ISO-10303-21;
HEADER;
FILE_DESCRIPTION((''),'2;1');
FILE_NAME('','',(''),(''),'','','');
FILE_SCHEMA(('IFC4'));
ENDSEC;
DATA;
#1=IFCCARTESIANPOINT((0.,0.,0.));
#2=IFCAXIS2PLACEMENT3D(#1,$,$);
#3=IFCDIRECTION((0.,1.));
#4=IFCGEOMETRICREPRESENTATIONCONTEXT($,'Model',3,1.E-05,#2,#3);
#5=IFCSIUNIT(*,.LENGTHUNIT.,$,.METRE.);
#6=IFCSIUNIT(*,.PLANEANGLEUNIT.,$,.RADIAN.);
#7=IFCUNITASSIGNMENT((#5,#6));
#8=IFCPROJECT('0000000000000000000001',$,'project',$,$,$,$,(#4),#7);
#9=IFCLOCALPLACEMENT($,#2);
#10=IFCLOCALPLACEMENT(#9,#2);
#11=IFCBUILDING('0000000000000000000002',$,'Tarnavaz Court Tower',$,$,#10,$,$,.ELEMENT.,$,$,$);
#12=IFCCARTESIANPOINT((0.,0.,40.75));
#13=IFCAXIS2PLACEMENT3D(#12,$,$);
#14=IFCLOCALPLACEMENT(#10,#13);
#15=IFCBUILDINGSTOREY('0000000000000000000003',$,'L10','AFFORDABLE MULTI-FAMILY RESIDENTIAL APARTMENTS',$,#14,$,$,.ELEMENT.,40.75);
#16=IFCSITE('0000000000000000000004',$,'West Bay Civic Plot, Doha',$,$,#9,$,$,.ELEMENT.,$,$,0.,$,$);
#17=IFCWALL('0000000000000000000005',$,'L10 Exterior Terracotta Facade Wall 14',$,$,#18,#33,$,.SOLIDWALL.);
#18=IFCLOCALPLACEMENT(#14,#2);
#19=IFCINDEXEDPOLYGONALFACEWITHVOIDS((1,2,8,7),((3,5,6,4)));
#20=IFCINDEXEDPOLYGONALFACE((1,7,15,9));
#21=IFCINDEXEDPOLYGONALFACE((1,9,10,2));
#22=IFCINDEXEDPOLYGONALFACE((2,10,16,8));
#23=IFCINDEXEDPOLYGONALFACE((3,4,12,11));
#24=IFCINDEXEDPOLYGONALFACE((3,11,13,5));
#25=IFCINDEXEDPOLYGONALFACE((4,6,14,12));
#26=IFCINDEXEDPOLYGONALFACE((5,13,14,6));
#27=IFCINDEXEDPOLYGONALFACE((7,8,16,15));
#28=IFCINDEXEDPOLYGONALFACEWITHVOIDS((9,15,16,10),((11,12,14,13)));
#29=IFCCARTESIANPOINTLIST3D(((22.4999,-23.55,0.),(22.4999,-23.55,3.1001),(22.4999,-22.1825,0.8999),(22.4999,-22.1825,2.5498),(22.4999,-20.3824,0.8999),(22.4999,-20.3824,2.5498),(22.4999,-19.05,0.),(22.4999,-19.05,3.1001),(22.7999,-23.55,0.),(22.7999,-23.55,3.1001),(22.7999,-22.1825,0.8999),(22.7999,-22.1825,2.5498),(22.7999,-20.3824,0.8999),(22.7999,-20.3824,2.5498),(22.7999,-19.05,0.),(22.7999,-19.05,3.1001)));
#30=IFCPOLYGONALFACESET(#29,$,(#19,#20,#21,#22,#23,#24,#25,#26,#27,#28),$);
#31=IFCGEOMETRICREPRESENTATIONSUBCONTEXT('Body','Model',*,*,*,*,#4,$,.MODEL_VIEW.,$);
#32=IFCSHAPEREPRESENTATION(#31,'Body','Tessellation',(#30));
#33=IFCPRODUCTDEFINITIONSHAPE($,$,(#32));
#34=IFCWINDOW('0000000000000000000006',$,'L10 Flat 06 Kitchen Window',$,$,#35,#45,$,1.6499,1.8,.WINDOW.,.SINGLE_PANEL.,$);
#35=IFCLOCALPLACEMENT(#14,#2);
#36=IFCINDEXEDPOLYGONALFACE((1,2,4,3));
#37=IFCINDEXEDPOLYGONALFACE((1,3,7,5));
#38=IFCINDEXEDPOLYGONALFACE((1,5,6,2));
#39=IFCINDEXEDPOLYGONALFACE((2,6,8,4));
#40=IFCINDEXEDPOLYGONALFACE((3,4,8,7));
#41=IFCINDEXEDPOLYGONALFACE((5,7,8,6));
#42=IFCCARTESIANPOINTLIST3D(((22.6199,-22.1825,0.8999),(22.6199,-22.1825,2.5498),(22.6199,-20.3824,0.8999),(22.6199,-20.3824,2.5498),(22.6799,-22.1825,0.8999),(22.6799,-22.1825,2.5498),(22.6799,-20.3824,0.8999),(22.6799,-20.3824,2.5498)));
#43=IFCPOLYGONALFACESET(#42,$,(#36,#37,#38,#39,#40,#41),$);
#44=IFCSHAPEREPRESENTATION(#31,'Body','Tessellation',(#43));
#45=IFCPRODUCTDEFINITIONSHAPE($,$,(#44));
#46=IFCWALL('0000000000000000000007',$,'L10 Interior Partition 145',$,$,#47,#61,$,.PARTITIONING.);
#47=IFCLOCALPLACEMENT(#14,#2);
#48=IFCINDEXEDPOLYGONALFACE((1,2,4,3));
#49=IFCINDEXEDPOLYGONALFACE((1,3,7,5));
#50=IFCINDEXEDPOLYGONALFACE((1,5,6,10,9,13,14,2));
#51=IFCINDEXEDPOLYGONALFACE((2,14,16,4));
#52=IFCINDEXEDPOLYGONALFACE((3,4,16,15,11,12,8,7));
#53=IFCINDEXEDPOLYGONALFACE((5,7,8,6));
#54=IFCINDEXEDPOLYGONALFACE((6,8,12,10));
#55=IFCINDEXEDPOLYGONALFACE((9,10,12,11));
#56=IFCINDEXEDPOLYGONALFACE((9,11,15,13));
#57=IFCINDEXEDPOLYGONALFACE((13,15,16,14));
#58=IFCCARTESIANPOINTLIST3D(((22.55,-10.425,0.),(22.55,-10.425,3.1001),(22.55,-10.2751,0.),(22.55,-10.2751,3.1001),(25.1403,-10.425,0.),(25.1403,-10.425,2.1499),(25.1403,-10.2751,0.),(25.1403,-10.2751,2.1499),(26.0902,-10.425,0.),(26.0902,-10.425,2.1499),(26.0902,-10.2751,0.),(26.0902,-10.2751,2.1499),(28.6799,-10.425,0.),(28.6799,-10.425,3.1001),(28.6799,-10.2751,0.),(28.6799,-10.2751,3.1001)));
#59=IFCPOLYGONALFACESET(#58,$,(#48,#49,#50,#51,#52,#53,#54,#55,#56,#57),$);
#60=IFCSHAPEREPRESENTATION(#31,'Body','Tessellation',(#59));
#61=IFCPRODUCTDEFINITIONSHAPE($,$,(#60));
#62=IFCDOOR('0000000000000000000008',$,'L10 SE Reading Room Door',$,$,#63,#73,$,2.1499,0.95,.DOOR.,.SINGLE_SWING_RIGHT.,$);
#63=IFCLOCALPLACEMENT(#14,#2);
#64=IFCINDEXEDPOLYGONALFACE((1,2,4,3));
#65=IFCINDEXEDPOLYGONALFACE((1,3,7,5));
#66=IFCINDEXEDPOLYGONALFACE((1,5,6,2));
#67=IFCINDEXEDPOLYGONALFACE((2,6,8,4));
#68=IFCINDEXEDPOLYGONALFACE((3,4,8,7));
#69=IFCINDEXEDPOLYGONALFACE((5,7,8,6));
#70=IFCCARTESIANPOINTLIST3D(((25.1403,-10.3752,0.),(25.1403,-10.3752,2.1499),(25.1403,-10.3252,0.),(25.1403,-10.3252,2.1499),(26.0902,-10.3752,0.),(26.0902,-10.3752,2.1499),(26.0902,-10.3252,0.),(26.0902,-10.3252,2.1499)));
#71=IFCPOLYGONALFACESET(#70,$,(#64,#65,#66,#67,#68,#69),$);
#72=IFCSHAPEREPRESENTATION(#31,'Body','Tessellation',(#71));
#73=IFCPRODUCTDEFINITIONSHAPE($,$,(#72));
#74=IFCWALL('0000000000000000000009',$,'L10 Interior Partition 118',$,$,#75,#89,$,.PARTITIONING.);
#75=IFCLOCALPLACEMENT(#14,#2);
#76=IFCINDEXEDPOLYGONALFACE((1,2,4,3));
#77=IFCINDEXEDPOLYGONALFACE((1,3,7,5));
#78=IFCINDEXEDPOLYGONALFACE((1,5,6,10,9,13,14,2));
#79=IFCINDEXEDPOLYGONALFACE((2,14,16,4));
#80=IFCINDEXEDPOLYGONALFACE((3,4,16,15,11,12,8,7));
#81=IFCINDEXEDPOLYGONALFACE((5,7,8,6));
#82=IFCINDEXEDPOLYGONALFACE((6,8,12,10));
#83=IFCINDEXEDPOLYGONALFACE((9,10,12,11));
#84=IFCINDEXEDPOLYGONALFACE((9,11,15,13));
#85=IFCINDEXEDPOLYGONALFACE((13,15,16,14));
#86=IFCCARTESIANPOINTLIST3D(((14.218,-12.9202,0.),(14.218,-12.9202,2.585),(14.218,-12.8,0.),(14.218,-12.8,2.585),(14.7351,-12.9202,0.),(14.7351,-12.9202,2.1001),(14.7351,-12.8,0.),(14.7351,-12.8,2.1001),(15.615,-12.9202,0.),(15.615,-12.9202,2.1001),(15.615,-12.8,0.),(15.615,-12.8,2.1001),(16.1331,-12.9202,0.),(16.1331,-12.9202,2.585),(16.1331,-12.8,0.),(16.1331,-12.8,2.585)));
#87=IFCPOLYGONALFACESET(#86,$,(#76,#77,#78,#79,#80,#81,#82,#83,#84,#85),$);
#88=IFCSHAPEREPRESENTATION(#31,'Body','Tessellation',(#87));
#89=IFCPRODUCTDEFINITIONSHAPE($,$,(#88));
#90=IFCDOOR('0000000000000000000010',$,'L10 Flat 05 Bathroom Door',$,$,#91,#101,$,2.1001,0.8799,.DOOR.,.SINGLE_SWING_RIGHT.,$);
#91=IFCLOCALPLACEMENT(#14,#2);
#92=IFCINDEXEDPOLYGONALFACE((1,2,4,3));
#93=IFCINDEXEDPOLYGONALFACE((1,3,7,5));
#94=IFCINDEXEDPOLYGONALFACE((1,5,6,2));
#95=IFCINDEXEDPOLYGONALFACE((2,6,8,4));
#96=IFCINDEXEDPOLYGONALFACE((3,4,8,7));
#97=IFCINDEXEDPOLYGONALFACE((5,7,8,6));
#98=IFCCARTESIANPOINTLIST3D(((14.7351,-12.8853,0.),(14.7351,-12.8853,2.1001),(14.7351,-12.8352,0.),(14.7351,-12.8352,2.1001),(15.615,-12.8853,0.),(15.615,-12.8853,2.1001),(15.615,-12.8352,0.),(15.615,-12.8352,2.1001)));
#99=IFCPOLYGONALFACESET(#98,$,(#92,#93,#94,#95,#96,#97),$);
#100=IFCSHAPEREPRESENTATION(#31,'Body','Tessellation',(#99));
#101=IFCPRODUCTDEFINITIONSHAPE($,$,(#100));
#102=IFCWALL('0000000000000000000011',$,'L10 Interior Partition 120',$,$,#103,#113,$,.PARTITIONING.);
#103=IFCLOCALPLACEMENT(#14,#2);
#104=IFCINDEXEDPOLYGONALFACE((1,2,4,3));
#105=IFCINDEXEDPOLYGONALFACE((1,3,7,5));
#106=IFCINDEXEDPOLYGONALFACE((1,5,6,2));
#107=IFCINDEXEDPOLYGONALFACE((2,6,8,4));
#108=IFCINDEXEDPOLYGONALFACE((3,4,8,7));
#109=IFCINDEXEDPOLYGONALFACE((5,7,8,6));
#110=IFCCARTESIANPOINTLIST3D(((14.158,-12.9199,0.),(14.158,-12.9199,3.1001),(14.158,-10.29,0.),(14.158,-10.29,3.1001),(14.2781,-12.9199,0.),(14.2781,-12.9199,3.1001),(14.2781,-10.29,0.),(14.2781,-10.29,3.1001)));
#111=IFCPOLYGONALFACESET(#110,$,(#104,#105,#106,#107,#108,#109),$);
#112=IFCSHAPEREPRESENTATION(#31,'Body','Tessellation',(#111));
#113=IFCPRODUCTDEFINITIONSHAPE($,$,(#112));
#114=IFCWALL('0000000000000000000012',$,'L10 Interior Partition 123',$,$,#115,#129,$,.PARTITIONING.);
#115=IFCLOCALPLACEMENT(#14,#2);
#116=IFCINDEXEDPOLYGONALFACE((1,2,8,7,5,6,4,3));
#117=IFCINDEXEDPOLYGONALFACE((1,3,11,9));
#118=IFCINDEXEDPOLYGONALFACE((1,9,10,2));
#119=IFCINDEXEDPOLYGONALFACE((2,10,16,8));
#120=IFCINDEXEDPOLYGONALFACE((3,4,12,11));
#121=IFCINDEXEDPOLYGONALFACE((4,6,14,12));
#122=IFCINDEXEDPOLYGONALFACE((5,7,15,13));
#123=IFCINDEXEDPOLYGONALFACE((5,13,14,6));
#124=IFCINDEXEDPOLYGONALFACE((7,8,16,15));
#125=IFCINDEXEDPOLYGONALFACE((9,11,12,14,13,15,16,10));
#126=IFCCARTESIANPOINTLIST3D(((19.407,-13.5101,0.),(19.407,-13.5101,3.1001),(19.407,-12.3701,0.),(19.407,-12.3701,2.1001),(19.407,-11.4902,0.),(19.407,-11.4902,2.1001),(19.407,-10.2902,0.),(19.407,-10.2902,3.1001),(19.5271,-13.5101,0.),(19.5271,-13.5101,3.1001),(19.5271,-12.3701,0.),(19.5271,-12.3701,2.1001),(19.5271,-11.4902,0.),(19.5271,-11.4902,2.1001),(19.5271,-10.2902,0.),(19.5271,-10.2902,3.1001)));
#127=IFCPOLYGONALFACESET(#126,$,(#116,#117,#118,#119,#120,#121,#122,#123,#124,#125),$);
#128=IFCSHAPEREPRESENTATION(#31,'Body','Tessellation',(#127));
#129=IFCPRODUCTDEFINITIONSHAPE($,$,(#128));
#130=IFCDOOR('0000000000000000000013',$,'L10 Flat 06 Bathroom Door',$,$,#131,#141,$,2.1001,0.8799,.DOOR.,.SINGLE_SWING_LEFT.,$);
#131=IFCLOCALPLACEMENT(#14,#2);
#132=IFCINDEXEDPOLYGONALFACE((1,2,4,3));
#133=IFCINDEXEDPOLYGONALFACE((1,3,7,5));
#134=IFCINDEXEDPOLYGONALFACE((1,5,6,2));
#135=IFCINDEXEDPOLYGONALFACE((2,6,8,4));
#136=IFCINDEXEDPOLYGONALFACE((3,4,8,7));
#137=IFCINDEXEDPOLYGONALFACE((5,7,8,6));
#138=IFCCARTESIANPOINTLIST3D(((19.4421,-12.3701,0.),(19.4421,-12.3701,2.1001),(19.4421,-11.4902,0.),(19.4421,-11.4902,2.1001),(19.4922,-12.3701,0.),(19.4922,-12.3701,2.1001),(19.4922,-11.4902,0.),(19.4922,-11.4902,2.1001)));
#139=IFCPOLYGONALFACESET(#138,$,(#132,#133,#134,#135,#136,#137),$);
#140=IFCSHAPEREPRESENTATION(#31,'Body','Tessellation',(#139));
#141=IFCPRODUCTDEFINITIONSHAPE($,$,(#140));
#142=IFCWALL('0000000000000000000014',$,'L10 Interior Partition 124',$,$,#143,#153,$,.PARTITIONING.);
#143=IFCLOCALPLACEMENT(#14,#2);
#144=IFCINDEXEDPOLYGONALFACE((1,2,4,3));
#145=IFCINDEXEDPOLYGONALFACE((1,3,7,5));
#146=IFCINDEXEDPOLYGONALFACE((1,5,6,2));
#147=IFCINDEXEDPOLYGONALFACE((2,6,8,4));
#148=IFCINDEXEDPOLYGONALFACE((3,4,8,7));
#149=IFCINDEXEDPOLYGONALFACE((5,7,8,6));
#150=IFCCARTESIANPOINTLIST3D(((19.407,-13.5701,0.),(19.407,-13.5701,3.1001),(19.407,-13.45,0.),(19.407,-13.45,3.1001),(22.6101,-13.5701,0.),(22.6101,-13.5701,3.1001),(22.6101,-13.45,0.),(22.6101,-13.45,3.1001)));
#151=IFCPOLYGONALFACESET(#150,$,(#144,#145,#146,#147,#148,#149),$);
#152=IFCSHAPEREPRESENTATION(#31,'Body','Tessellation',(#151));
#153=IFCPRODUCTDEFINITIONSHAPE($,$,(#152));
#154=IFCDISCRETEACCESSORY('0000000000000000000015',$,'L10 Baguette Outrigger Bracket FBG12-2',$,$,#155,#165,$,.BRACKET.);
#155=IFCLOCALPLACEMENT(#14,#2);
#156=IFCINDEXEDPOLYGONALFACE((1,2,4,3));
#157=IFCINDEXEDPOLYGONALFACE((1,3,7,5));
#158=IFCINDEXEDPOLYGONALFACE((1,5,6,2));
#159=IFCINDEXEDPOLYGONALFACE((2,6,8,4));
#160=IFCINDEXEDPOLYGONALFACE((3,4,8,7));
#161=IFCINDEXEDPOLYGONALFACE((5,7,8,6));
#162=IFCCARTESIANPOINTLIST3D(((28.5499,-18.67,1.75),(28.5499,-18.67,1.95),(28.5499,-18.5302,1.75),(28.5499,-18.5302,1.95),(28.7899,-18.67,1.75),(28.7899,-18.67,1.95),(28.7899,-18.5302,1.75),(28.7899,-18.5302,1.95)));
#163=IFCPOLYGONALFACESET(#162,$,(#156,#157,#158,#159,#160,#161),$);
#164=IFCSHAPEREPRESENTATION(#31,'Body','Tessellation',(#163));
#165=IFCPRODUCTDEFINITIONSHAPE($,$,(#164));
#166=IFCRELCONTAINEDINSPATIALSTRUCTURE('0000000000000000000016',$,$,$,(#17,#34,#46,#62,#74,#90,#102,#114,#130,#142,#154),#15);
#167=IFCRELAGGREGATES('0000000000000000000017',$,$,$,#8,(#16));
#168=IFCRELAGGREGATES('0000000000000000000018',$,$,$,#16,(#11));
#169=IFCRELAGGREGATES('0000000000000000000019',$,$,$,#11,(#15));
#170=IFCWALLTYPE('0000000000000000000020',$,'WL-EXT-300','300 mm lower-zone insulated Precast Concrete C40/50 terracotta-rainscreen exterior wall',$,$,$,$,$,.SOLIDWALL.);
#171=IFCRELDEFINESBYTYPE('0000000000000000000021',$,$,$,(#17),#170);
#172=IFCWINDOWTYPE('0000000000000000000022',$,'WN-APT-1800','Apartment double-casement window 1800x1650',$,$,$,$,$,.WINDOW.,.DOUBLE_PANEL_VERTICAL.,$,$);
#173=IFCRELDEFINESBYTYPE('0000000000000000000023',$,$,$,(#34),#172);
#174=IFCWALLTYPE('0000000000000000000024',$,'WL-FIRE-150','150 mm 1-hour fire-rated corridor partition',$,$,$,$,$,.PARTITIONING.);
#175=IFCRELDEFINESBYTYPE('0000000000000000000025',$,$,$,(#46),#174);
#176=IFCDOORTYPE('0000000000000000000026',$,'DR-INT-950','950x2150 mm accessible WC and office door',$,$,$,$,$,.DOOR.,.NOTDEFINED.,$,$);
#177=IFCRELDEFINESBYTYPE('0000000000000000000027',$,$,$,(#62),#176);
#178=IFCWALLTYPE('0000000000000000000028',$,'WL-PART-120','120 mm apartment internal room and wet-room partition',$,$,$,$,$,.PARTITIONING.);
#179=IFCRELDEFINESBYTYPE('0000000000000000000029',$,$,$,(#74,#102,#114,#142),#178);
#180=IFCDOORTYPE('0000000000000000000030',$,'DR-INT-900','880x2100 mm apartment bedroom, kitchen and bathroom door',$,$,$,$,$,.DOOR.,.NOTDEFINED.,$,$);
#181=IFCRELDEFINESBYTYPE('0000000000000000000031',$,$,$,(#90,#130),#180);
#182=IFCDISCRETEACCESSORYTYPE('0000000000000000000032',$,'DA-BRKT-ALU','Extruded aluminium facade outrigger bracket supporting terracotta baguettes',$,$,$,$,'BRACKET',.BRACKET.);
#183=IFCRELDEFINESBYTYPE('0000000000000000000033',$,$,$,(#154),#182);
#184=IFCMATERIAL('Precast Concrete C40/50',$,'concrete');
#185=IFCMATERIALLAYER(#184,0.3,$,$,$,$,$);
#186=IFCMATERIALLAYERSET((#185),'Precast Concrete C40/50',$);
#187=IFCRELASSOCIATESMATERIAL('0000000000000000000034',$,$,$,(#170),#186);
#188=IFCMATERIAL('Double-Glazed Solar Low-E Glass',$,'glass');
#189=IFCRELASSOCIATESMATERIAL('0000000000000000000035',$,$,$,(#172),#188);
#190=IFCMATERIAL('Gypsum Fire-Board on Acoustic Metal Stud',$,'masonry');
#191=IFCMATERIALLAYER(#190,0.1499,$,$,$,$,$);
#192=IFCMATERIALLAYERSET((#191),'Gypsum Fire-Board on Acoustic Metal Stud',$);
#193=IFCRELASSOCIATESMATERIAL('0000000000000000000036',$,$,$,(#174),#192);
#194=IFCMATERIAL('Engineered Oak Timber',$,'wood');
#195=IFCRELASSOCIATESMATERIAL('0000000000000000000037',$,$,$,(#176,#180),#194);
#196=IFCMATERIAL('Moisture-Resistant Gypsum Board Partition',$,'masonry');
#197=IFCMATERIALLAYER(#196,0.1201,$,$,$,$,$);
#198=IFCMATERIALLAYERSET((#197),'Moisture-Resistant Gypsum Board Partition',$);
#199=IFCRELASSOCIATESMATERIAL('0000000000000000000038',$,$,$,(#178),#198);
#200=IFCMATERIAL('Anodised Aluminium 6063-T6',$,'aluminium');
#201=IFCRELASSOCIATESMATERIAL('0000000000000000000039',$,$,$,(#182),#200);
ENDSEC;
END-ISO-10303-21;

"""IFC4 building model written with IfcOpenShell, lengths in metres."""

from ifc_helpers import new_model, si_unit, direction, frame, frame_2d, origin, origin_2d, place, context, subcontext, project, spatial, rectangle, extrude, material, layer, layer_set, type_object, element, fill, save


model = new_model("IFC4")

# Units and contexts
model_context = context("Model", 3, precision=1e-05, world=origin(), true_north=direction((0.0, 1.0)))
body_context = subcontext(model_context, "Body", "Model", "MODEL_VIEW")
ifc_project = project(units=[si_unit("LENGTHUNIT", "METRE"), si_unit("PLANEANGLEUNIT", "RADIAN")], contexts=[model_context])

# Site, building, storey
site_placement = place(None, origin())
site = spatial("IfcSite", under=ifc_project, at=site_placement, Name="West Bay Civic Plot, Doha", CompositionType="ELEMENT", RefElevation=0.0)
building_placement = place(site_placement, origin())
building = spatial("IfcBuilding", under=site, at=building_placement, Name="Tarnavaz Court Tower", CompositionType="ELEMENT")
storey_placement = place(building_placement, frame((0.0, 0.0, 40.75)))
storey = spatial("IfcBuildingStorey", under=building, at=storey_placement, Name="L10", Description="AFFORDABLE MULTI-FAMILY RESIDENTIAL APARTMENTS", CompositionType="ELEMENT", Elevation=40.75)

# Wall, opening, window
ifc_material_1 = material(Name="Precast Concrete C40/50", Category="concrete")
ifc_layer_1 = layer(ifc_material_1, 0.3)
ifc_layer_set_1 = layer_set([ifc_layer_1], Name="Precast Concrete C40/50")
wall_type_1 = type_object("IfcWallType", Name="WL-EXT-300", Description="300 mm lower-zone insulated Precast Concrete C40/50 terracotta-rainscreen exterior wall", PredefinedType="SOLIDWALL", material=ifc_layer_set_1)
ifc_material_2 = material(Name="Double-Glazed Solar Low-E Glass", Category="glass")
wall_1_placement = place(storey_placement, frame((22.6499, -19.05, 0.0), z_axis=(0.0, 0.0, 1.0), x_axis=(0.0, -1.0, 0.0)))
wall_1 = element("IfcWall", 1, at=wall_1_placement, inside=storey, type_object=wall_type_1, Name="L10 Exterior Terracotta Facade Wall 14", PredefinedType="SOLIDWALL", context=body_context, shape_type="SweptSolid", body=[
    extrude(rectangle(XDim=4.5, YDim=0.3, at=frame_2d((2.25, 0.0))), origin(), (0.0, 0.0, 1.0), 3.1001),
])
opening_1_placement = place(wall_1_placement, frame((1.3325, 0.0, 0.8999)))
opening_1 = element("IfcOpeningElement", 2, at=opening_1_placement, cuts=wall_1, PredefinedType="OPENING", context=body_context, shape_type="SweptSolid", body=[
    extrude(rectangle(XDim=1.8, YDim=1.6499, at=frame_2d((0.8999, 0.825))), frame((0.0, 0.1599, 0.0), z_axis=(0.0, -1.0, 0.0), x_axis=(1.0, 0.0, 0.0)), (0.0, 0.0, 1.0), 0.3201),
])
window_type_1 = type_object("IfcWindowType", Name="WN-APT-1800", Description="Apartment double-casement window 1800x1650", PartitioningType="DOUBLE_PANEL_VERTICAL", PredefinedType="WINDOW", material=ifc_material_2)
window_1_placement = place(opening_1_placement, origin())
window_1 = element("IfcWindow", 3, at=window_1_placement, inside=storey, type_object=window_type_1, Name="L10 Flat 06 Kitchen Window", OverallHeight=1.6499, OverallWidth=1.8, PartitioningType="SINGLE_PANEL", PredefinedType="WINDOW", context=body_context, shape_type="SweptSolid", body=[
    extrude(rectangle(XDim=1.8, YDim=1.6499, at=frame_2d((0.8999, 0.825))), frame((0.0, 0.03, 0.0), z_axis=(0.0, -1.0, 0.0), x_axis=(1.0, 0.0, 0.0)), (0.0, 0.0, 1.0), 0.0601),
])
fill(opening_1, window_1)

# Walls, openings, doors
ifc_material_3 = material(Name="Gypsum Fire-Board on Acoustic Metal Stud", Category="masonry")
ifc_layer_2 = layer(ifc_material_3, 0.1499)
ifc_layer_set_2 = layer_set([ifc_layer_2], Name="Gypsum Fire-Board on Acoustic Metal Stud")
wall_type_2 = type_object("IfcWallType", Name="WL-FIRE-150", Description="150 mm 1-hour fire-rated corridor partition", PredefinedType="PARTITIONING", material=ifc_layer_set_2)
wall_2_placement = place(storey_placement, frame((22.55, -10.3501, 0.0), z_axis=(0.0, 0.0, 1.0), x_axis=(1.0, 0.0, 0.0)))
wall_2 = element("IfcWall", 4, at=wall_2_placement, inside=storey, type_object=wall_type_2, Name="L10 Interior Partition 145", PredefinedType="PARTITIONING", context=body_context, shape_type="SweptSolid", body=[
    extrude(rectangle(XDim=6.1299, YDim=0.1499, at=frame_2d((3.0649, 0.0))), origin(), (0.0, 0.0, 1.0), 3.1001),
])
opening_2_placement = place(wall_2_placement, frame((2.5901, 0.0, 0.0)))
opening_2 = element("IfcOpeningElement", 5, at=opening_2_placement, cuts=wall_2, PredefinedType="OPENING", context=body_context, shape_type="SweptSolid", body=[
    extrude(rectangle(XDim=0.95, YDim=2.1499, at=frame_2d((0.4751, 1.075))), frame((0.0, 0.085, 0.0), z_axis=(0.0, -1.0, 0.0), x_axis=(1.0, 0.0, 0.0)), (0.0, 0.0, 1.0), 0.1699),
])
ifc_material_4 = material(Name="Engineered Oak Timber", Category="wood")
door_type_1 = type_object("IfcDoorType", Name="DR-INT-950", Description="950x2150 mm accessible WC and office door", OperationType="NOTDEFINED", PredefinedType="DOOR", material=ifc_material_4)
door_1_placement = place(opening_2_placement, origin())
door_1 = element("IfcDoor", 6, at=door_1_placement, inside=storey, type_object=door_type_1, Name="L10 SE Reading Room Door", OperationType="SINGLE_SWING_RIGHT", OverallHeight=2.1499, OverallWidth=0.95, PredefinedType="DOOR", context=body_context, shape_type="SweptSolid", body=[
    extrude(rectangle(XDim=0.95, YDim=2.1499, at=frame_2d((0.4751, 1.075))), frame((0.0, 0.0249, 0.0), z_axis=(0.0, -1.0, 0.0), x_axis=(1.0, 0.0, 0.0)), (0.0, 0.0, 1.0), 0.05),
])
fill(opening_2, door_1)
ifc_material_5 = material(Name="Moisture-Resistant Gypsum Board Partition", Category="masonry")
ifc_layer_3 = layer(ifc_material_5, 0.1201)
ifc_layer_set_3 = layer_set([ifc_layer_3], Name="Moisture-Resistant Gypsum Board Partition")
wall_type_3 = type_object("IfcWallType", Name="WL-PART-120", Description="120 mm apartment internal room and wet-room partition", PredefinedType="PARTITIONING", material=ifc_layer_set_3)
wall_3_placement = place(storey_placement, frame((14.218, -12.8601, 0.0), z_axis=(0.0, 0.0, 1.0), x_axis=(1.0, 0.0, 0.0)))
wall_3 = element("IfcWall", 7, at=wall_3_placement, inside=storey, type_object=wall_type_3, Name="L10 Interior Partition 118", PredefinedType="PARTITIONING", context=body_context, shape_type="SweptSolid", body=[
    extrude(rectangle(XDim=1.915, YDim=0.1201, at=frame_2d((0.9575, 0.0))), origin(), (0.0, 0.0, 1.0), 2.585),
])
opening_3_placement = place(wall_3_placement, frame((0.5171, 0.0, 0.0)))
opening_3 = element("IfcOpeningElement", 8, at=opening_3_placement, cuts=wall_3, PredefinedType="OPENING", context=body_context, shape_type="SweptSolid", body=[
    extrude(rectangle(XDim=0.8799, YDim=2.1001, at=frame_2d((0.4399, 1.05))), frame((0.0, 0.0701, 0.0), z_axis=(0.0, -1.0, 0.0), x_axis=(1.0, 0.0, 0.0)), (0.0, 0.0, 1.0), 0.1401),
])
door_type_2 = type_object("IfcDoorType", Name="DR-INT-900", Description="880x2100 mm apartment bedroom, kitchen and bathroom door", OperationType="NOTDEFINED", PredefinedType="DOOR", material=ifc_material_4)
door_2_placement = place(opening_3_placement, origin())
door_2 = element("IfcDoor", 9, at=door_2_placement, inside=storey, type_object=door_type_2, Name="L10 Flat 05 Bathroom Door", OperationType="SINGLE_SWING_RIGHT", OverallHeight=2.1001, OverallWidth=0.8799, PredefinedType="DOOR", context=body_context, shape_type="SweptSolid", body=[
    extrude(rectangle(XDim=0.8799, YDim=2.1001, at=frame_2d((0.4399, 1.05))), frame((0.0, 0.0249, 0.0), z_axis=(0.0, -1.0, 0.0), x_axis=(1.0, 0.0, 0.0)), (0.0, 0.0, 1.0), 0.05),
])
fill(opening_3, door_2)

# Wall
wall_4_placement = place(storey_placement, frame((14.218, -12.9199, 0.0), z_axis=(0.0, 0.0, 1.0), x_axis=(0.0, 1.0, 0.0)))
element("IfcWall", 10, at=wall_4_placement, inside=storey, type_object=wall_type_3, Name="L10 Interior Partition 120", PredefinedType="PARTITIONING", context=body_context, shape_type="SweptSolid", body=[
    extrude(rectangle(XDim=2.6299, YDim=0.1201, at=frame_2d((1.3149, 0.0))), origin(), (0.0, 0.0, 1.0), 3.1001),
])

# Wall, opening, door
wall_5_placement = place(storey_placement, frame((19.467, -13.51, 0.0), z_axis=(0.0, 0.0, 1.0), x_axis=(0.0, 1.0, 0.0)))
wall_5 = element("IfcWall", 11, at=wall_5_placement, inside=storey, type_object=wall_type_3, Name="L10 Interior Partition 123", PredefinedType="PARTITIONING", context=body_context, shape_type="SweptSolid", body=[
    extrude(rectangle(XDim=3.22, YDim=0.1201, at=frame_2d((1.6099, 0.0))), origin(), (0.0, 0.0, 1.0), 3.1001),
])
opening_4_placement = place(wall_5_placement, frame((1.1399, 0.0, 0.0)))
opening_4 = element("IfcOpeningElement", 12, at=opening_4_placement, cuts=wall_5, PredefinedType="OPENING", context=body_context, shape_type="SweptSolid", body=[
    extrude(rectangle(XDim=0.8799, YDim=2.1001, at=frame_2d((0.4399, 1.05))), frame((0.0, 0.0701, 0.0), z_axis=(0.0, -1.0, 0.0), x_axis=(1.0, 0.0, 0.0)), (0.0, 0.0, 1.0), 0.1401),
])
door_3_placement = place(opening_4_placement, origin())
door_3 = element("IfcDoor", 13, at=door_3_placement, inside=storey, type_object=door_type_2, Name="L10 Flat 06 Bathroom Door", OperationType="SINGLE_SWING_LEFT", OverallHeight=2.1001, OverallWidth=0.8799, PredefinedType="DOOR", context=body_context, shape_type="SweptSolid", body=[
    extrude(rectangle(XDim=0.8799, YDim=2.1001, at=frame_2d((0.4399, 1.05))), frame((0.0, 0.0249, 0.0), z_axis=(0.0, -1.0, 0.0), x_axis=(1.0, 0.0, 0.0)), (0.0, 0.0, 1.0), 0.05),
])
fill(opening_4, door_3)

# Wall
wall_6_placement = place(storey_placement, frame((19.407, -13.51, 0.0), z_axis=(0.0, 0.0, 1.0), x_axis=(1.0, 0.0, 0.0)))
element("IfcWall", 14, at=wall_6_placement, inside=storey, type_object=wall_type_3, Name="L10 Interior Partition 124", PredefinedType="PARTITIONING", context=body_context, shape_type="SweptSolid", body=[
    extrude(rectangle(XDim=3.2031, YDim=0.1201, at=frame_2d((1.6016, 0.0))), origin(), (0.0, 0.0, 1.0), 3.1001),
])

# Discrete accessory
ifc_material_6 = material(Name="Anodised Aluminium 6063-T6", Category="aluminium")
discrete_accessory_type = type_object("IfcDiscreteAccessoryType", Name="DA-BRKT-ALU", Description="Extruded aluminium facade outrigger bracket supporting terracotta baguettes", ElementType="BRACKET", PredefinedType="BRACKET", material=ifc_material_6)
discrete_accessory_placement = place(storey_placement, frame((28.6699, -18.6001, 1.75), z_axis=(0.0, 0.0, 1.0), x_axis=(0.0, -1.0, 0.0)))
element("IfcDiscreteAccessory", 15, at=discrete_accessory_placement, inside=storey, type_object=discrete_accessory_type, Name="L10 Baguette Outrigger Bracket FBG12-2", PredefinedType="BRACKET", context=body_context, shape_type="SweptSolid", body=[
    extrude(rectangle(XDim=0.1399, YDim=0.24, at=origin_2d()), origin(), (0.0, 0.0, 1.0), 0.2),
])

save(model, "model.ifc")
